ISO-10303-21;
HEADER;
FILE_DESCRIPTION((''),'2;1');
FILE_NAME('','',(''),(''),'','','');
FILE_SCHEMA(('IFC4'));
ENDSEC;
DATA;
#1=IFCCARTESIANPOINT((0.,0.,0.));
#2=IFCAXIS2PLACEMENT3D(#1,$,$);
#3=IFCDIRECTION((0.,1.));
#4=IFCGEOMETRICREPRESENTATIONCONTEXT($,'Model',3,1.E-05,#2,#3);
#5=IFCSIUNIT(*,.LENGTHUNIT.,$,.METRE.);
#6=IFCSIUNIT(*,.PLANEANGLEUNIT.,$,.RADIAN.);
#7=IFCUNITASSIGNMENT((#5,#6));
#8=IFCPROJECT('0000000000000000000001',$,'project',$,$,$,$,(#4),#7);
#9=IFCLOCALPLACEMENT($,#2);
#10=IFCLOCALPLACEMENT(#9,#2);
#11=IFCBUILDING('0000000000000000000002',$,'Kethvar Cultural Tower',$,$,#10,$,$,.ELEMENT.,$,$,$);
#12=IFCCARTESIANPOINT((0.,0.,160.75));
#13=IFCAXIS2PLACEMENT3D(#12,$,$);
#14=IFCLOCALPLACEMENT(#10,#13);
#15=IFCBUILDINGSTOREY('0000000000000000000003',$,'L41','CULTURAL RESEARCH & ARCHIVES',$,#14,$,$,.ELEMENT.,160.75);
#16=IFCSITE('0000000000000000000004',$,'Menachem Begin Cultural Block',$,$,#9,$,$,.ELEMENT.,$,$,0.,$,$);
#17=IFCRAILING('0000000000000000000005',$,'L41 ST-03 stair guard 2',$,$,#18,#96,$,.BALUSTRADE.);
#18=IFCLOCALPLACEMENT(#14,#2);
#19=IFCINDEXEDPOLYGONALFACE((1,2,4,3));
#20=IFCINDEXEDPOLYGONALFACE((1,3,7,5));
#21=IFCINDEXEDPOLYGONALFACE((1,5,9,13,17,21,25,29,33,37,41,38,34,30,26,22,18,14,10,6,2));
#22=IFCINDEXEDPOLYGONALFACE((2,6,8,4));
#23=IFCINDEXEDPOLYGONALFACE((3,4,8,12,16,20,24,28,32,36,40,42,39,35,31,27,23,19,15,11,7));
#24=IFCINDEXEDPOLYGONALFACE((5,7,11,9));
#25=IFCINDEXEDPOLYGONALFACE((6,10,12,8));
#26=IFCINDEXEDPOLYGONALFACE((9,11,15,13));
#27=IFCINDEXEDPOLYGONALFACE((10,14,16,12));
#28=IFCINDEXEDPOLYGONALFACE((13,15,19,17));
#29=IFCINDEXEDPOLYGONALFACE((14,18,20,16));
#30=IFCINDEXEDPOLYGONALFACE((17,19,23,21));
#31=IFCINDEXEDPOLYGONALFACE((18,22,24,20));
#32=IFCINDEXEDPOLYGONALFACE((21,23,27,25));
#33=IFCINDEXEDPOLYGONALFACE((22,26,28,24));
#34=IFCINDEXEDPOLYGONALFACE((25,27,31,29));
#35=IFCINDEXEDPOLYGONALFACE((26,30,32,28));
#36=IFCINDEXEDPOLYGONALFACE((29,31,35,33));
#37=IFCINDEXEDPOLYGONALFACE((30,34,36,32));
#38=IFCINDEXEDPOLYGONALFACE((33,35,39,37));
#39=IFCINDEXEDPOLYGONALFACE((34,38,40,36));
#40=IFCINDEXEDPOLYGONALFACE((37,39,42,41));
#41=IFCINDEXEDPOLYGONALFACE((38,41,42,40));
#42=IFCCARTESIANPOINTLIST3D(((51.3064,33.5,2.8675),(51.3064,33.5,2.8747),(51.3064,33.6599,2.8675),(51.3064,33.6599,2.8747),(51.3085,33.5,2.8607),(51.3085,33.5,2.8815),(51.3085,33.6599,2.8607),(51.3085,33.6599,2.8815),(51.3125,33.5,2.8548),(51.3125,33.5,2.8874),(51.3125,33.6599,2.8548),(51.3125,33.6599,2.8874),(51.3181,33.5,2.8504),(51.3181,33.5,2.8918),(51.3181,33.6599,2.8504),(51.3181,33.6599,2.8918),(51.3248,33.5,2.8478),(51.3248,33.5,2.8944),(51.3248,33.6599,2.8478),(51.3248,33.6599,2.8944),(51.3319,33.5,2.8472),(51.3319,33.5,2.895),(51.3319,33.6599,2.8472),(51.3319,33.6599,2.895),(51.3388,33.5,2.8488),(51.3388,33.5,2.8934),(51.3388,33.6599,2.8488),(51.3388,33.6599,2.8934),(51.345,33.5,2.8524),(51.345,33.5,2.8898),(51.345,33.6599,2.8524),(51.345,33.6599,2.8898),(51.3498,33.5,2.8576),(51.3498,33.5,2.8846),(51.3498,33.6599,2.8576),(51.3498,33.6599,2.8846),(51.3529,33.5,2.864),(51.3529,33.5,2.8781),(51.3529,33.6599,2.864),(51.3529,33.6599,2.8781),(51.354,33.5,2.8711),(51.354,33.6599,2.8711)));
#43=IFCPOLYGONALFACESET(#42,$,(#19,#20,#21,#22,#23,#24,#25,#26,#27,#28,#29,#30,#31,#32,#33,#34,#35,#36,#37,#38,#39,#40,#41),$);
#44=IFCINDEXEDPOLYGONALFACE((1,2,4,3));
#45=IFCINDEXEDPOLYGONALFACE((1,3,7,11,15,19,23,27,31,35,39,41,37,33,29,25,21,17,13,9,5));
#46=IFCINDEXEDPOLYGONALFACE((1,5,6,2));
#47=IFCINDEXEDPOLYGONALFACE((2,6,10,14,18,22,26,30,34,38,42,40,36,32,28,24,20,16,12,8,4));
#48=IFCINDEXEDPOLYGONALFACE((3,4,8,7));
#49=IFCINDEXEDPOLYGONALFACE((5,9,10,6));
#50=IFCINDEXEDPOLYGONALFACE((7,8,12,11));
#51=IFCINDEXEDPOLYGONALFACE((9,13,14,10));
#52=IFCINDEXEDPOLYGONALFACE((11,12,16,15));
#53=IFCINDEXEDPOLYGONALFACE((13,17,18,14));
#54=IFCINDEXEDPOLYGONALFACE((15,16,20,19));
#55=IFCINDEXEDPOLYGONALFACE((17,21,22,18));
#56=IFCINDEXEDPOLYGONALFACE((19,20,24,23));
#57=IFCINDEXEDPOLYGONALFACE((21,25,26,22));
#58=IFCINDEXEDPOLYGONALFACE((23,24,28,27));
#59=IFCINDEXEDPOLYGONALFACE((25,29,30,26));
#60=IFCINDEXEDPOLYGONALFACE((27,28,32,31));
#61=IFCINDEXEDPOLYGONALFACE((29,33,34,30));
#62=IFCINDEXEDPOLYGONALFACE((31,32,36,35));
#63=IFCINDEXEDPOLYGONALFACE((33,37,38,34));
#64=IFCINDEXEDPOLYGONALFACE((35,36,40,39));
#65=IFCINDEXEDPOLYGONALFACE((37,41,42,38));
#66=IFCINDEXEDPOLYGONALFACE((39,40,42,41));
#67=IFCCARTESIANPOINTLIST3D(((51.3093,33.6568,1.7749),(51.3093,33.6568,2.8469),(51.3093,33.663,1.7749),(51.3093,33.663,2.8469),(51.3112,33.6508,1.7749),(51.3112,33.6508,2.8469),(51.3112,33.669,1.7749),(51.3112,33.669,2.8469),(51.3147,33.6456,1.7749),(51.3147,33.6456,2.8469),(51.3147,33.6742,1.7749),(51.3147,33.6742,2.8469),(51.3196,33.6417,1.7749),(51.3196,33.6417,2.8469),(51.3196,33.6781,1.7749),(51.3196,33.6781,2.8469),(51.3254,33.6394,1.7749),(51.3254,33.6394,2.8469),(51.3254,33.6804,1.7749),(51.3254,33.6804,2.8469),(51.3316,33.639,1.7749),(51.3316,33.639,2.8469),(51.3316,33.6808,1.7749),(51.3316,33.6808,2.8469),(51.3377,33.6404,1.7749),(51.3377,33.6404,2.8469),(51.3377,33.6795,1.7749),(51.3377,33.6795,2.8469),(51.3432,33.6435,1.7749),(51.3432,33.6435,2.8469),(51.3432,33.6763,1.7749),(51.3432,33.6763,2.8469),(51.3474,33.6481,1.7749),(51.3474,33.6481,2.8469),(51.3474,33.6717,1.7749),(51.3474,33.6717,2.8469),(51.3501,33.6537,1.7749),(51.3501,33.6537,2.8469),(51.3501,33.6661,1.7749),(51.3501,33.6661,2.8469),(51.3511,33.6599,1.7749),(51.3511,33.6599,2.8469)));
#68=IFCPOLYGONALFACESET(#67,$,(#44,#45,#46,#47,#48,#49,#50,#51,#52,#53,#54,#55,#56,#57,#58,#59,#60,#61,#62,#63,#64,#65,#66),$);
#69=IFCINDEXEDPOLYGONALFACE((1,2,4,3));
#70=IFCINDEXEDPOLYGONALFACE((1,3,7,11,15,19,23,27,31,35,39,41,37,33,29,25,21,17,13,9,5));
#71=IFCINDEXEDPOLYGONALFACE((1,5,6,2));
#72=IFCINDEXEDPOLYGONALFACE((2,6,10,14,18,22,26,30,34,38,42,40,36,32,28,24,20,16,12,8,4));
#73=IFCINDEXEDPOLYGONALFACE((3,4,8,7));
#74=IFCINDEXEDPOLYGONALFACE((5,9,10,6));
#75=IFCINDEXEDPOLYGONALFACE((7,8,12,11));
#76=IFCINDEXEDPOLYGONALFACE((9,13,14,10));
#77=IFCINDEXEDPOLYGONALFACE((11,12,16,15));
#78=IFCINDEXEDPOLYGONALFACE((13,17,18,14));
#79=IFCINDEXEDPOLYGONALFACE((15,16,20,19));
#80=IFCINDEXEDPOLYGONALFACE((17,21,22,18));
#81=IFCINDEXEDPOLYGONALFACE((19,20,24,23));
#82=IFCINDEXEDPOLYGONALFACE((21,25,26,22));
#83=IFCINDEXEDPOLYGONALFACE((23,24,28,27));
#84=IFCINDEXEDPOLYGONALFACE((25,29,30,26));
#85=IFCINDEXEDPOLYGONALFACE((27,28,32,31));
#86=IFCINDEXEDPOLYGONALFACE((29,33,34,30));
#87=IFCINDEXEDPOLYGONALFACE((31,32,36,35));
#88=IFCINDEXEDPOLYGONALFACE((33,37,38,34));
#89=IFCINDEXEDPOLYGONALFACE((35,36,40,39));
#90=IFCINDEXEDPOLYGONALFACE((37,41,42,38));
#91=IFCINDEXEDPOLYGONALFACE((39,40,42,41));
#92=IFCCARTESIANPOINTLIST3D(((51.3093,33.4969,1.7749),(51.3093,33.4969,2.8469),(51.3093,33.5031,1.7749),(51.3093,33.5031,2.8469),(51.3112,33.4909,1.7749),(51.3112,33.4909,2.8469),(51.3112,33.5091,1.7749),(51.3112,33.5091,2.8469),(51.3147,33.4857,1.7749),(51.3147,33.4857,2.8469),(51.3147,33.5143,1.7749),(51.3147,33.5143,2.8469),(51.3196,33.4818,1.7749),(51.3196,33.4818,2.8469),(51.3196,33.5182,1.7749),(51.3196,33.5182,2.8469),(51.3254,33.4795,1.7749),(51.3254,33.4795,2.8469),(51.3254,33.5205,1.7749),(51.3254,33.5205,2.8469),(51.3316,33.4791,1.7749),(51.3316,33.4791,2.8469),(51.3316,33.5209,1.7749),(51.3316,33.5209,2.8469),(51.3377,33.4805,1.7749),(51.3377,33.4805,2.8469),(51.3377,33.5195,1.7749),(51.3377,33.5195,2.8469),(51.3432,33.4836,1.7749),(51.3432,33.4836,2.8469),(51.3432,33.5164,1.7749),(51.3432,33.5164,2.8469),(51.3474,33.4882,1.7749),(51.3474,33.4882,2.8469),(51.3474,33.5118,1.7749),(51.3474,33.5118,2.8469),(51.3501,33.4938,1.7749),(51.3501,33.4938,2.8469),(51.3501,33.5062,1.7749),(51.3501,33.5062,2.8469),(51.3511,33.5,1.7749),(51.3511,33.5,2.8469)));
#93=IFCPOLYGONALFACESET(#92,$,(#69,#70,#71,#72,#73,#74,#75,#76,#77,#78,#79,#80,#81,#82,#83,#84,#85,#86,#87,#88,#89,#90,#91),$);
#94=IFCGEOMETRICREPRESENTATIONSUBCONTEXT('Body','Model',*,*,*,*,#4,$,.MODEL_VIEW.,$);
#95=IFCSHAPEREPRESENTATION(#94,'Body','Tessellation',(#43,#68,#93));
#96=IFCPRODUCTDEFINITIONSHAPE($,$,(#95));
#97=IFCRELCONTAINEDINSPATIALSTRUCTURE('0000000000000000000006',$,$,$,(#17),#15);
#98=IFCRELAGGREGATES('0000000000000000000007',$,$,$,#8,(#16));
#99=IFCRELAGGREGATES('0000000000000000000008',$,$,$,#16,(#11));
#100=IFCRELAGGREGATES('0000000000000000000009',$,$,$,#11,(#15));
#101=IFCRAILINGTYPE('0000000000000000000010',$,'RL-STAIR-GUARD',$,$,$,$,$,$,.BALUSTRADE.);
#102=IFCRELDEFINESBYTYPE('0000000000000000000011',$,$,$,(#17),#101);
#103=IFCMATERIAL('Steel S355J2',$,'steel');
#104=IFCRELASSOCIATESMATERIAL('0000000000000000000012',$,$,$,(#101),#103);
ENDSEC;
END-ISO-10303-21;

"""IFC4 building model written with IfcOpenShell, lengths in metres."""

from ifc_helpers import new_model, si_unit, direction, frame, origin, origin_2d, place, context, subcontext, project, spatial, circle, extrude, material, type_object, element, save


model = new_model("IFC4")

# Units and contexts
model_context = context("Model", 3, precision=1e-05, world=origin(), true_north=direction((0.0, 1.0)))
body_context = subcontext(model_context, "Body", "Model", "MODEL_VIEW")
ifc_project = project(units=[si_unit("LENGTHUNIT", "METRE"), si_unit("PLANEANGLEUNIT", "RADIAN")], contexts=[model_context])

# Site, building, storey
site_placement = place(None, origin())
site = spatial("IfcSite", under=ifc_project, at=site_placement, Name="Menachem Begin Cultural Block", CompositionType="ELEMENT", RefElevation=0.0)
building_placement = place(site_placement, origin())
building = spatial("IfcBuilding", under=site, at=building_placement, Name="Kethvar Cultural Tower", CompositionType="ELEMENT")
storey_placement = place(building_placement, frame((0.0, 0.0, 160.75)))
storey = spatial("IfcBuildingStorey", under=building, at=storey_placement, Name="L41", Description="CULTURAL RESEARCH & ARCHIVES", CompositionType="ELEMENT", Elevation=160.75)

# Shared definitions
ifc_material_1 = material(Name="Steel S355J2", Category="steel")

# Railing
railing_type_1 = type_object("IfcRailingType", Name="RL-STAIR-GUARD", PredefinedType="BALUSTRADE", material=ifc_material_1)
railing_1_placement = place(storey_placement, frame((51.3301, 33.6599, 1.7749)))
element("IfcRailing", 1, at=railing_1_placement, inside=storey, type_object=railing_type_1, Name="L41 ST-03 stair guard 2", PredefinedType="BALUSTRADE", context=body_context, shape_type="SweptSolid", body=[
    extrude(circle(Radius=0.0239, at=origin_2d()), frame((0.0, 0.0, 1.0962), z_axis=(0.0, -1.0, 0.0), x_axis=(1.0, 0.0, 0.0)), (0.0, 0.0, 1.0), 0.1599),
    extrude(circle(Radius=0.021, at=origin_2d()), origin(), (0.0, 0.0, 1.0), 1.072),
    extrude(circle(Radius=0.021, at=origin_2d()), frame((0.0, -0.1599, 0.0)), (0.0, 0.0, 1.0), 1.072),
])

save(model, "model.ifc")
